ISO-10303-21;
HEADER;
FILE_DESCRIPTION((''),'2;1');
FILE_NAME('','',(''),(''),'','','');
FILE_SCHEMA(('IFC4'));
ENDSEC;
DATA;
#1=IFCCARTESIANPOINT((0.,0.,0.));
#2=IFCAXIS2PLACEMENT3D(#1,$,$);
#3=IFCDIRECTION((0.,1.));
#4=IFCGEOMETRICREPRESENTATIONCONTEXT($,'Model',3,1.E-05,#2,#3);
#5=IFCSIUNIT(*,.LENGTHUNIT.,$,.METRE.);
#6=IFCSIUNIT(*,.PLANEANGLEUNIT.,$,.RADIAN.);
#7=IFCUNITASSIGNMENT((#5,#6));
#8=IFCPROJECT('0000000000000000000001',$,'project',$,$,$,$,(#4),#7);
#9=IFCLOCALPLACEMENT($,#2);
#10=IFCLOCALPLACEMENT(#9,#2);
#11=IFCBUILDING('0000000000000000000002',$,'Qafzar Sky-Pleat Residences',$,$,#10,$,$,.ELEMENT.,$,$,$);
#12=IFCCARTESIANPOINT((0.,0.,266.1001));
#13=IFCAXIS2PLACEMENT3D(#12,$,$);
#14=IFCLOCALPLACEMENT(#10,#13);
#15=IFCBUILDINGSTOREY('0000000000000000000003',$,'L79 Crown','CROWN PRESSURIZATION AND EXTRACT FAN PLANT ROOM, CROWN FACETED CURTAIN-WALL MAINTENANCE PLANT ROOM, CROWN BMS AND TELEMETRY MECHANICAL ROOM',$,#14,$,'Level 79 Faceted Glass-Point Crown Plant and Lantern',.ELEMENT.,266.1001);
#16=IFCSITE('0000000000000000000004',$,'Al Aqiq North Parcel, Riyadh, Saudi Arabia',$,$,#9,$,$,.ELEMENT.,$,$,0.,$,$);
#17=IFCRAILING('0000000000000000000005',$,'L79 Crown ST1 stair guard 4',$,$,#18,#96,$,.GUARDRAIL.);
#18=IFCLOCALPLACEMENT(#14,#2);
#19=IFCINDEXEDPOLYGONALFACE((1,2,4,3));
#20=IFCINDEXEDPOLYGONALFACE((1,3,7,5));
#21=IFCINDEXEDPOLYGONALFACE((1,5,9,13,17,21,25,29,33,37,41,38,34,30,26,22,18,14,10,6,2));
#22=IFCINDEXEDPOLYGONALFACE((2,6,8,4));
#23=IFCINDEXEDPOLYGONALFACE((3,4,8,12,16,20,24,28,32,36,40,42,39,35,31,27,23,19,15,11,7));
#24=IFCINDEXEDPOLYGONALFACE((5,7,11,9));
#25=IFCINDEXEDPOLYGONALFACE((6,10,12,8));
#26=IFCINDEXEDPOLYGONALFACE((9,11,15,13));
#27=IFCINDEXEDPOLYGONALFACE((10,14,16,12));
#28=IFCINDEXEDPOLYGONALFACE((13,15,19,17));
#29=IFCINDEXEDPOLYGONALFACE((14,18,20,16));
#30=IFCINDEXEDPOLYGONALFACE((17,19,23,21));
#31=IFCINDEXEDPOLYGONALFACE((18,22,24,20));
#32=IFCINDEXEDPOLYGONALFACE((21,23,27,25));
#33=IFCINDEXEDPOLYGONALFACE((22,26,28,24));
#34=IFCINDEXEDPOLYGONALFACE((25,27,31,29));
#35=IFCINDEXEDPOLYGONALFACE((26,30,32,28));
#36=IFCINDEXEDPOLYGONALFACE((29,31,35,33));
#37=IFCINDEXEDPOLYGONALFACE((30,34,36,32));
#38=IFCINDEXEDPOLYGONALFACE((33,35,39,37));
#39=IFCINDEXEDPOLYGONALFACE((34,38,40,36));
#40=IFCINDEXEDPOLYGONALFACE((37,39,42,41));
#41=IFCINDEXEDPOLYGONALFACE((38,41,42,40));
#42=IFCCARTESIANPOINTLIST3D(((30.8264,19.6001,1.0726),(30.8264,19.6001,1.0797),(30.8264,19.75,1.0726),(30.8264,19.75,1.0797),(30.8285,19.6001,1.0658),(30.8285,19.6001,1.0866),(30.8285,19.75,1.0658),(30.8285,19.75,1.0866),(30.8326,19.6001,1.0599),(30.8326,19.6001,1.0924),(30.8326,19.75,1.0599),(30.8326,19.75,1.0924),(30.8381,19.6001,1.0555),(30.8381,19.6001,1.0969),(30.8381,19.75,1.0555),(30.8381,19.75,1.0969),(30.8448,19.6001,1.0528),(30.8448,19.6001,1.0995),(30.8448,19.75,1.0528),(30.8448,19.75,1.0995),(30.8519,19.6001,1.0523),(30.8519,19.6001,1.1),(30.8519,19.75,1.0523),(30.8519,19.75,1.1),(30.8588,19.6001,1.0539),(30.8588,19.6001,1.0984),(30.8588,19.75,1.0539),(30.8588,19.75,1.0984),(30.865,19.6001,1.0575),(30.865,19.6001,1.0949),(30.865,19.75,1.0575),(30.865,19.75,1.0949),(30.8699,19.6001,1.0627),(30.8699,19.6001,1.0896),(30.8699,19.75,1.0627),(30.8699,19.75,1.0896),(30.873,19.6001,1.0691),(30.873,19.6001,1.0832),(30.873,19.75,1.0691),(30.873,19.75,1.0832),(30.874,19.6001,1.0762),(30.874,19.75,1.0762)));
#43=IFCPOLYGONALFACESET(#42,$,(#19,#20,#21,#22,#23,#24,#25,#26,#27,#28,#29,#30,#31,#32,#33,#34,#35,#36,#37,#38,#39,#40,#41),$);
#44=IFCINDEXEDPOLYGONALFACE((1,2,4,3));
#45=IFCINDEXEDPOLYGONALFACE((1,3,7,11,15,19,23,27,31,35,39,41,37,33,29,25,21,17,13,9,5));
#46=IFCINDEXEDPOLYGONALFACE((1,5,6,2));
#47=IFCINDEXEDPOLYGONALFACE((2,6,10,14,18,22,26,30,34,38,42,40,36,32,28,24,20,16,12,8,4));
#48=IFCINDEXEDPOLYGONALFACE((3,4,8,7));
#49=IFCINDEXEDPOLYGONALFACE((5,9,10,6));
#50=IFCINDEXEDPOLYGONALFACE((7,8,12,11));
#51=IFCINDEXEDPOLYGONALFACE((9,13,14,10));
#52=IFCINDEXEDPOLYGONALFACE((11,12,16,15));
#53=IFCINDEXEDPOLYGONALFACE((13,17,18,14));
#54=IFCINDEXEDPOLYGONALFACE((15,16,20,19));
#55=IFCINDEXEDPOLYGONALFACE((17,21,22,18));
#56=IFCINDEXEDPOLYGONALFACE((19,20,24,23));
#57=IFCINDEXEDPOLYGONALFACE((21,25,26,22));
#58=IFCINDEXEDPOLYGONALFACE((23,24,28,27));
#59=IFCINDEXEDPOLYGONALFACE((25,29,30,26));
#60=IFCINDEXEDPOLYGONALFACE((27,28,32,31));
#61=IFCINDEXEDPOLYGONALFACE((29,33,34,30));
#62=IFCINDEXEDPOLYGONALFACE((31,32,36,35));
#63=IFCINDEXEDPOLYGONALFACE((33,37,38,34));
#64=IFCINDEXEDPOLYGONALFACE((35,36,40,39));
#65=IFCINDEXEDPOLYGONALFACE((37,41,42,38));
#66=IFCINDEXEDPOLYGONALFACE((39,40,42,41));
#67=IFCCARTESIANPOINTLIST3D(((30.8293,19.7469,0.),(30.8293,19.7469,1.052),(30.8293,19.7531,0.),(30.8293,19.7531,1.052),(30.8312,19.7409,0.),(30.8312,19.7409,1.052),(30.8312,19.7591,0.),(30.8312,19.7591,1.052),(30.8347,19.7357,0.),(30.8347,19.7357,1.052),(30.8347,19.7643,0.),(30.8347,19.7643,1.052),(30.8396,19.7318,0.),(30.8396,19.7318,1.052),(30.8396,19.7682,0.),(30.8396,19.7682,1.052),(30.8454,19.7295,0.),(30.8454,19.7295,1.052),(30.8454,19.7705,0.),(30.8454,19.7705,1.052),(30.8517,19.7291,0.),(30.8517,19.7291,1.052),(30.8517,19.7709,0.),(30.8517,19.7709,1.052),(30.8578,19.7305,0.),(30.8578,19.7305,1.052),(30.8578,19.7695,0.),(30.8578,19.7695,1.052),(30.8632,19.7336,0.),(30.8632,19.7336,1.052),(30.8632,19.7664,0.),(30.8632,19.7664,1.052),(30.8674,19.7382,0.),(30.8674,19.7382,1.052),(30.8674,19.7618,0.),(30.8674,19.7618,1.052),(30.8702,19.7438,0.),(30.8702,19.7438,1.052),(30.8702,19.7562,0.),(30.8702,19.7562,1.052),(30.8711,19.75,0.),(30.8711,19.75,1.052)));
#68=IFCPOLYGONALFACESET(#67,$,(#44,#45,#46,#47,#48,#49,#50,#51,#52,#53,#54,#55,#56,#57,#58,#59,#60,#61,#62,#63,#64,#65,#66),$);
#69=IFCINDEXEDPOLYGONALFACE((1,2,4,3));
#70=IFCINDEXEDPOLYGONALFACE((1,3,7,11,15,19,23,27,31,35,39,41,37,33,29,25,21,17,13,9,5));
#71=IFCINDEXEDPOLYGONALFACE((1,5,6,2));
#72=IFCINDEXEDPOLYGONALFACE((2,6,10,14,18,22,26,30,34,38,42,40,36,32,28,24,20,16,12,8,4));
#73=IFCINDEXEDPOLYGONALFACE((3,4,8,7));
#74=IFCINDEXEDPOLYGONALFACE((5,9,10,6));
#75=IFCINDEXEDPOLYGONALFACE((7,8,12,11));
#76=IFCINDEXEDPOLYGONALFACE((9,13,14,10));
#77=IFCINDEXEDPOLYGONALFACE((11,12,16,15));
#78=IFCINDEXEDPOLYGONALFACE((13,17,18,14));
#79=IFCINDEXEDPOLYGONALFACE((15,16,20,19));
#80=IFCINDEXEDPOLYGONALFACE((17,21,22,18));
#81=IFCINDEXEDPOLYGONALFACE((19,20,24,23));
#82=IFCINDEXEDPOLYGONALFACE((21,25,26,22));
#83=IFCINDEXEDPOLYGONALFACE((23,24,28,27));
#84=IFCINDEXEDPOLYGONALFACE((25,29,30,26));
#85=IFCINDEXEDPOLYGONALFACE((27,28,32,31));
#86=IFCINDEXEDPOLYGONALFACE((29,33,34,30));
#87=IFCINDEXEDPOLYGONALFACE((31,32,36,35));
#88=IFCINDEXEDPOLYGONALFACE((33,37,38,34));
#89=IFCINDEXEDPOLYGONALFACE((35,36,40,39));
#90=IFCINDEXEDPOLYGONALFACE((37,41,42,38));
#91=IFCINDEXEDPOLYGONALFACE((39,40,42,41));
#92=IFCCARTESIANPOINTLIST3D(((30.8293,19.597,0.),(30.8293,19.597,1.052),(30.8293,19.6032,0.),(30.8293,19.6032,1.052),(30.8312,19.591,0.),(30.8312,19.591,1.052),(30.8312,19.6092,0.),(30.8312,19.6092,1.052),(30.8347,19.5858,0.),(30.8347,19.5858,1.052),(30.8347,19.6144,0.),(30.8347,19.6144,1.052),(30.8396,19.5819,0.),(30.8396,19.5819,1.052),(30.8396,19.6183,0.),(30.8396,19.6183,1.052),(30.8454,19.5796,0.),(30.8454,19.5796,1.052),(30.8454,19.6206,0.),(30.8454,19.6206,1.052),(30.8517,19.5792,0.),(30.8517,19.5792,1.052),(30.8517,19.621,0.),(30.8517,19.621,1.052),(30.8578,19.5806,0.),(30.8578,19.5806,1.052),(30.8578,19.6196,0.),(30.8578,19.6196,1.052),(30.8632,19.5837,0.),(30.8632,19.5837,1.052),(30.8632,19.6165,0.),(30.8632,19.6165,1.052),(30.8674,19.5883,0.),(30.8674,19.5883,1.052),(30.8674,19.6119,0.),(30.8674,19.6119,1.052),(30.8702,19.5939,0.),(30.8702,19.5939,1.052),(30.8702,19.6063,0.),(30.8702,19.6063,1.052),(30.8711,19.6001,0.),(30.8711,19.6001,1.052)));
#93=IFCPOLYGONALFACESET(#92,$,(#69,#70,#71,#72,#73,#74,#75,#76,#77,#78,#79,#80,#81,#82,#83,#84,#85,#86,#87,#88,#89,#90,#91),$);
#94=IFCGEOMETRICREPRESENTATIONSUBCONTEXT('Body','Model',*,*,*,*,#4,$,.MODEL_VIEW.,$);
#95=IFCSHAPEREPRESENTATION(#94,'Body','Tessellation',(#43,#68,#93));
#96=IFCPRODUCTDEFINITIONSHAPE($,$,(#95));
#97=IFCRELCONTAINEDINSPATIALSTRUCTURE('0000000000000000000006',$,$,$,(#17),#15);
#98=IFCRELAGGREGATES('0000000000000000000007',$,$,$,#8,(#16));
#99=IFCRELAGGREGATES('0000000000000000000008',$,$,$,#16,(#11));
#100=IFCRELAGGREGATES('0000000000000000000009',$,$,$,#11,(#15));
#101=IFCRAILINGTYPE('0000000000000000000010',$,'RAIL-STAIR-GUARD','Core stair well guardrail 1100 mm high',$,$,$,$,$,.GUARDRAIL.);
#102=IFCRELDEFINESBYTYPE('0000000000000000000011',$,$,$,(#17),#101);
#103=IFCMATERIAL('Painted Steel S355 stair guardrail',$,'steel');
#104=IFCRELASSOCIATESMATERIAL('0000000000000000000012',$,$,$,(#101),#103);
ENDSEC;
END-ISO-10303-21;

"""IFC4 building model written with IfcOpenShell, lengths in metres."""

from ifc_helpers import new_model, si_unit, direction, frame, origin, origin_2d, place, context, subcontext, project, spatial, circle, extrude, source, transform, mapped, material, type_object, element, save


model = new_model("IFC4")

# Units and contexts
model_context = context("Model", 3, precision=1e-05, world=origin(), true_north=direction((0.0, 1.0)))
body_context = subcontext(model_context, "Body", "Model", "MODEL_VIEW")
ifc_project = project(units=[si_unit("LENGTHUNIT", "METRE"), si_unit("PLANEANGLEUNIT", "RADIAN")], contexts=[model_context])

# Site, building, storey
site_placement = place(None, origin())
site = spatial("IfcSite", under=ifc_project, at=site_placement, Name="Al Aqiq North Parcel, Riyadh, Saudi Arabia", CompositionType="ELEMENT", RefElevation=0.0)
building_placement = place(site_placement, origin())
building = spatial("IfcBuilding", under=site, at=building_placement, Name="Qafzar Sky-Pleat Residences", CompositionType="ELEMENT")
storey_placement = place(building_placement, frame((0.0, 0.0, 266.1001)))
storey = spatial("IfcBuildingStorey", under=building, at=storey_placement, Name="L79 Crown", Description="CROWN PRESSURIZATION AND EXTRACT FAN PLANT ROOM, CROWN FACETED CURTAIN-WALL MAINTENANCE PLANT ROOM, CROWN BMS AND TELEMETRY MECHANICAL ROOM", LongName="Level 79 Faceted Glass-Point Crown Plant and Lantern", CompositionType="ELEMENT", Elevation=266.1001)

# Railing
ifc_material_1 = material(Name="Painted Steel S355 stair guardrail", Category="steel")
railing_type_1 = type_object("IfcRailingType", Name="RAIL-STAIR-GUARD", Description="Core stair well guardrail 1100 mm high", PredefinedType="GUARDRAIL", material=ifc_material_1)
shared_shape_1 = source(origin(), body_context, "Body", "SweptSolid", [
    extrude(circle(Radius=0.0239, at=origin_2d()), frame((0.0, 0.0, 1.0762), z_axis=(0.0, -1.0, 0.0), x_axis=(1.0, 0.0, 0.0)), (0.0, 0.0, 1.0), 0.1499),
    extrude(circle(Radius=0.021, at=origin_2d()), origin(), (0.0, 0.0, 1.0), 1.052),
    extrude(circle(Radius=0.021, at=origin_2d()), frame((0.0, -0.1499, 0.0)), (0.0, 0.0, 1.0), 1.052),
])
railing_1_placement = place(storey_placement, frame((30.8501, 19.75, 0.0)))
element("IfcRailing", 1, at=railing_1_placement, inside=storey, type_object=railing_type_1, Name="L79 Crown ST1 stair guard 4", PredefinedType="GUARDRAIL", context=body_context, shape_type="MappedRepresentation", body=[
    mapped(shared_shape_1, transform((0.0, 0.0, 0.0), x_axis=(1.0, 0.0, 0.0), y_axis=(0.0, 1.0, 0.0), z_axis=(0.0, 0.0, 1.0), scale=1.0)),
])

save(model, "model.ifc")
